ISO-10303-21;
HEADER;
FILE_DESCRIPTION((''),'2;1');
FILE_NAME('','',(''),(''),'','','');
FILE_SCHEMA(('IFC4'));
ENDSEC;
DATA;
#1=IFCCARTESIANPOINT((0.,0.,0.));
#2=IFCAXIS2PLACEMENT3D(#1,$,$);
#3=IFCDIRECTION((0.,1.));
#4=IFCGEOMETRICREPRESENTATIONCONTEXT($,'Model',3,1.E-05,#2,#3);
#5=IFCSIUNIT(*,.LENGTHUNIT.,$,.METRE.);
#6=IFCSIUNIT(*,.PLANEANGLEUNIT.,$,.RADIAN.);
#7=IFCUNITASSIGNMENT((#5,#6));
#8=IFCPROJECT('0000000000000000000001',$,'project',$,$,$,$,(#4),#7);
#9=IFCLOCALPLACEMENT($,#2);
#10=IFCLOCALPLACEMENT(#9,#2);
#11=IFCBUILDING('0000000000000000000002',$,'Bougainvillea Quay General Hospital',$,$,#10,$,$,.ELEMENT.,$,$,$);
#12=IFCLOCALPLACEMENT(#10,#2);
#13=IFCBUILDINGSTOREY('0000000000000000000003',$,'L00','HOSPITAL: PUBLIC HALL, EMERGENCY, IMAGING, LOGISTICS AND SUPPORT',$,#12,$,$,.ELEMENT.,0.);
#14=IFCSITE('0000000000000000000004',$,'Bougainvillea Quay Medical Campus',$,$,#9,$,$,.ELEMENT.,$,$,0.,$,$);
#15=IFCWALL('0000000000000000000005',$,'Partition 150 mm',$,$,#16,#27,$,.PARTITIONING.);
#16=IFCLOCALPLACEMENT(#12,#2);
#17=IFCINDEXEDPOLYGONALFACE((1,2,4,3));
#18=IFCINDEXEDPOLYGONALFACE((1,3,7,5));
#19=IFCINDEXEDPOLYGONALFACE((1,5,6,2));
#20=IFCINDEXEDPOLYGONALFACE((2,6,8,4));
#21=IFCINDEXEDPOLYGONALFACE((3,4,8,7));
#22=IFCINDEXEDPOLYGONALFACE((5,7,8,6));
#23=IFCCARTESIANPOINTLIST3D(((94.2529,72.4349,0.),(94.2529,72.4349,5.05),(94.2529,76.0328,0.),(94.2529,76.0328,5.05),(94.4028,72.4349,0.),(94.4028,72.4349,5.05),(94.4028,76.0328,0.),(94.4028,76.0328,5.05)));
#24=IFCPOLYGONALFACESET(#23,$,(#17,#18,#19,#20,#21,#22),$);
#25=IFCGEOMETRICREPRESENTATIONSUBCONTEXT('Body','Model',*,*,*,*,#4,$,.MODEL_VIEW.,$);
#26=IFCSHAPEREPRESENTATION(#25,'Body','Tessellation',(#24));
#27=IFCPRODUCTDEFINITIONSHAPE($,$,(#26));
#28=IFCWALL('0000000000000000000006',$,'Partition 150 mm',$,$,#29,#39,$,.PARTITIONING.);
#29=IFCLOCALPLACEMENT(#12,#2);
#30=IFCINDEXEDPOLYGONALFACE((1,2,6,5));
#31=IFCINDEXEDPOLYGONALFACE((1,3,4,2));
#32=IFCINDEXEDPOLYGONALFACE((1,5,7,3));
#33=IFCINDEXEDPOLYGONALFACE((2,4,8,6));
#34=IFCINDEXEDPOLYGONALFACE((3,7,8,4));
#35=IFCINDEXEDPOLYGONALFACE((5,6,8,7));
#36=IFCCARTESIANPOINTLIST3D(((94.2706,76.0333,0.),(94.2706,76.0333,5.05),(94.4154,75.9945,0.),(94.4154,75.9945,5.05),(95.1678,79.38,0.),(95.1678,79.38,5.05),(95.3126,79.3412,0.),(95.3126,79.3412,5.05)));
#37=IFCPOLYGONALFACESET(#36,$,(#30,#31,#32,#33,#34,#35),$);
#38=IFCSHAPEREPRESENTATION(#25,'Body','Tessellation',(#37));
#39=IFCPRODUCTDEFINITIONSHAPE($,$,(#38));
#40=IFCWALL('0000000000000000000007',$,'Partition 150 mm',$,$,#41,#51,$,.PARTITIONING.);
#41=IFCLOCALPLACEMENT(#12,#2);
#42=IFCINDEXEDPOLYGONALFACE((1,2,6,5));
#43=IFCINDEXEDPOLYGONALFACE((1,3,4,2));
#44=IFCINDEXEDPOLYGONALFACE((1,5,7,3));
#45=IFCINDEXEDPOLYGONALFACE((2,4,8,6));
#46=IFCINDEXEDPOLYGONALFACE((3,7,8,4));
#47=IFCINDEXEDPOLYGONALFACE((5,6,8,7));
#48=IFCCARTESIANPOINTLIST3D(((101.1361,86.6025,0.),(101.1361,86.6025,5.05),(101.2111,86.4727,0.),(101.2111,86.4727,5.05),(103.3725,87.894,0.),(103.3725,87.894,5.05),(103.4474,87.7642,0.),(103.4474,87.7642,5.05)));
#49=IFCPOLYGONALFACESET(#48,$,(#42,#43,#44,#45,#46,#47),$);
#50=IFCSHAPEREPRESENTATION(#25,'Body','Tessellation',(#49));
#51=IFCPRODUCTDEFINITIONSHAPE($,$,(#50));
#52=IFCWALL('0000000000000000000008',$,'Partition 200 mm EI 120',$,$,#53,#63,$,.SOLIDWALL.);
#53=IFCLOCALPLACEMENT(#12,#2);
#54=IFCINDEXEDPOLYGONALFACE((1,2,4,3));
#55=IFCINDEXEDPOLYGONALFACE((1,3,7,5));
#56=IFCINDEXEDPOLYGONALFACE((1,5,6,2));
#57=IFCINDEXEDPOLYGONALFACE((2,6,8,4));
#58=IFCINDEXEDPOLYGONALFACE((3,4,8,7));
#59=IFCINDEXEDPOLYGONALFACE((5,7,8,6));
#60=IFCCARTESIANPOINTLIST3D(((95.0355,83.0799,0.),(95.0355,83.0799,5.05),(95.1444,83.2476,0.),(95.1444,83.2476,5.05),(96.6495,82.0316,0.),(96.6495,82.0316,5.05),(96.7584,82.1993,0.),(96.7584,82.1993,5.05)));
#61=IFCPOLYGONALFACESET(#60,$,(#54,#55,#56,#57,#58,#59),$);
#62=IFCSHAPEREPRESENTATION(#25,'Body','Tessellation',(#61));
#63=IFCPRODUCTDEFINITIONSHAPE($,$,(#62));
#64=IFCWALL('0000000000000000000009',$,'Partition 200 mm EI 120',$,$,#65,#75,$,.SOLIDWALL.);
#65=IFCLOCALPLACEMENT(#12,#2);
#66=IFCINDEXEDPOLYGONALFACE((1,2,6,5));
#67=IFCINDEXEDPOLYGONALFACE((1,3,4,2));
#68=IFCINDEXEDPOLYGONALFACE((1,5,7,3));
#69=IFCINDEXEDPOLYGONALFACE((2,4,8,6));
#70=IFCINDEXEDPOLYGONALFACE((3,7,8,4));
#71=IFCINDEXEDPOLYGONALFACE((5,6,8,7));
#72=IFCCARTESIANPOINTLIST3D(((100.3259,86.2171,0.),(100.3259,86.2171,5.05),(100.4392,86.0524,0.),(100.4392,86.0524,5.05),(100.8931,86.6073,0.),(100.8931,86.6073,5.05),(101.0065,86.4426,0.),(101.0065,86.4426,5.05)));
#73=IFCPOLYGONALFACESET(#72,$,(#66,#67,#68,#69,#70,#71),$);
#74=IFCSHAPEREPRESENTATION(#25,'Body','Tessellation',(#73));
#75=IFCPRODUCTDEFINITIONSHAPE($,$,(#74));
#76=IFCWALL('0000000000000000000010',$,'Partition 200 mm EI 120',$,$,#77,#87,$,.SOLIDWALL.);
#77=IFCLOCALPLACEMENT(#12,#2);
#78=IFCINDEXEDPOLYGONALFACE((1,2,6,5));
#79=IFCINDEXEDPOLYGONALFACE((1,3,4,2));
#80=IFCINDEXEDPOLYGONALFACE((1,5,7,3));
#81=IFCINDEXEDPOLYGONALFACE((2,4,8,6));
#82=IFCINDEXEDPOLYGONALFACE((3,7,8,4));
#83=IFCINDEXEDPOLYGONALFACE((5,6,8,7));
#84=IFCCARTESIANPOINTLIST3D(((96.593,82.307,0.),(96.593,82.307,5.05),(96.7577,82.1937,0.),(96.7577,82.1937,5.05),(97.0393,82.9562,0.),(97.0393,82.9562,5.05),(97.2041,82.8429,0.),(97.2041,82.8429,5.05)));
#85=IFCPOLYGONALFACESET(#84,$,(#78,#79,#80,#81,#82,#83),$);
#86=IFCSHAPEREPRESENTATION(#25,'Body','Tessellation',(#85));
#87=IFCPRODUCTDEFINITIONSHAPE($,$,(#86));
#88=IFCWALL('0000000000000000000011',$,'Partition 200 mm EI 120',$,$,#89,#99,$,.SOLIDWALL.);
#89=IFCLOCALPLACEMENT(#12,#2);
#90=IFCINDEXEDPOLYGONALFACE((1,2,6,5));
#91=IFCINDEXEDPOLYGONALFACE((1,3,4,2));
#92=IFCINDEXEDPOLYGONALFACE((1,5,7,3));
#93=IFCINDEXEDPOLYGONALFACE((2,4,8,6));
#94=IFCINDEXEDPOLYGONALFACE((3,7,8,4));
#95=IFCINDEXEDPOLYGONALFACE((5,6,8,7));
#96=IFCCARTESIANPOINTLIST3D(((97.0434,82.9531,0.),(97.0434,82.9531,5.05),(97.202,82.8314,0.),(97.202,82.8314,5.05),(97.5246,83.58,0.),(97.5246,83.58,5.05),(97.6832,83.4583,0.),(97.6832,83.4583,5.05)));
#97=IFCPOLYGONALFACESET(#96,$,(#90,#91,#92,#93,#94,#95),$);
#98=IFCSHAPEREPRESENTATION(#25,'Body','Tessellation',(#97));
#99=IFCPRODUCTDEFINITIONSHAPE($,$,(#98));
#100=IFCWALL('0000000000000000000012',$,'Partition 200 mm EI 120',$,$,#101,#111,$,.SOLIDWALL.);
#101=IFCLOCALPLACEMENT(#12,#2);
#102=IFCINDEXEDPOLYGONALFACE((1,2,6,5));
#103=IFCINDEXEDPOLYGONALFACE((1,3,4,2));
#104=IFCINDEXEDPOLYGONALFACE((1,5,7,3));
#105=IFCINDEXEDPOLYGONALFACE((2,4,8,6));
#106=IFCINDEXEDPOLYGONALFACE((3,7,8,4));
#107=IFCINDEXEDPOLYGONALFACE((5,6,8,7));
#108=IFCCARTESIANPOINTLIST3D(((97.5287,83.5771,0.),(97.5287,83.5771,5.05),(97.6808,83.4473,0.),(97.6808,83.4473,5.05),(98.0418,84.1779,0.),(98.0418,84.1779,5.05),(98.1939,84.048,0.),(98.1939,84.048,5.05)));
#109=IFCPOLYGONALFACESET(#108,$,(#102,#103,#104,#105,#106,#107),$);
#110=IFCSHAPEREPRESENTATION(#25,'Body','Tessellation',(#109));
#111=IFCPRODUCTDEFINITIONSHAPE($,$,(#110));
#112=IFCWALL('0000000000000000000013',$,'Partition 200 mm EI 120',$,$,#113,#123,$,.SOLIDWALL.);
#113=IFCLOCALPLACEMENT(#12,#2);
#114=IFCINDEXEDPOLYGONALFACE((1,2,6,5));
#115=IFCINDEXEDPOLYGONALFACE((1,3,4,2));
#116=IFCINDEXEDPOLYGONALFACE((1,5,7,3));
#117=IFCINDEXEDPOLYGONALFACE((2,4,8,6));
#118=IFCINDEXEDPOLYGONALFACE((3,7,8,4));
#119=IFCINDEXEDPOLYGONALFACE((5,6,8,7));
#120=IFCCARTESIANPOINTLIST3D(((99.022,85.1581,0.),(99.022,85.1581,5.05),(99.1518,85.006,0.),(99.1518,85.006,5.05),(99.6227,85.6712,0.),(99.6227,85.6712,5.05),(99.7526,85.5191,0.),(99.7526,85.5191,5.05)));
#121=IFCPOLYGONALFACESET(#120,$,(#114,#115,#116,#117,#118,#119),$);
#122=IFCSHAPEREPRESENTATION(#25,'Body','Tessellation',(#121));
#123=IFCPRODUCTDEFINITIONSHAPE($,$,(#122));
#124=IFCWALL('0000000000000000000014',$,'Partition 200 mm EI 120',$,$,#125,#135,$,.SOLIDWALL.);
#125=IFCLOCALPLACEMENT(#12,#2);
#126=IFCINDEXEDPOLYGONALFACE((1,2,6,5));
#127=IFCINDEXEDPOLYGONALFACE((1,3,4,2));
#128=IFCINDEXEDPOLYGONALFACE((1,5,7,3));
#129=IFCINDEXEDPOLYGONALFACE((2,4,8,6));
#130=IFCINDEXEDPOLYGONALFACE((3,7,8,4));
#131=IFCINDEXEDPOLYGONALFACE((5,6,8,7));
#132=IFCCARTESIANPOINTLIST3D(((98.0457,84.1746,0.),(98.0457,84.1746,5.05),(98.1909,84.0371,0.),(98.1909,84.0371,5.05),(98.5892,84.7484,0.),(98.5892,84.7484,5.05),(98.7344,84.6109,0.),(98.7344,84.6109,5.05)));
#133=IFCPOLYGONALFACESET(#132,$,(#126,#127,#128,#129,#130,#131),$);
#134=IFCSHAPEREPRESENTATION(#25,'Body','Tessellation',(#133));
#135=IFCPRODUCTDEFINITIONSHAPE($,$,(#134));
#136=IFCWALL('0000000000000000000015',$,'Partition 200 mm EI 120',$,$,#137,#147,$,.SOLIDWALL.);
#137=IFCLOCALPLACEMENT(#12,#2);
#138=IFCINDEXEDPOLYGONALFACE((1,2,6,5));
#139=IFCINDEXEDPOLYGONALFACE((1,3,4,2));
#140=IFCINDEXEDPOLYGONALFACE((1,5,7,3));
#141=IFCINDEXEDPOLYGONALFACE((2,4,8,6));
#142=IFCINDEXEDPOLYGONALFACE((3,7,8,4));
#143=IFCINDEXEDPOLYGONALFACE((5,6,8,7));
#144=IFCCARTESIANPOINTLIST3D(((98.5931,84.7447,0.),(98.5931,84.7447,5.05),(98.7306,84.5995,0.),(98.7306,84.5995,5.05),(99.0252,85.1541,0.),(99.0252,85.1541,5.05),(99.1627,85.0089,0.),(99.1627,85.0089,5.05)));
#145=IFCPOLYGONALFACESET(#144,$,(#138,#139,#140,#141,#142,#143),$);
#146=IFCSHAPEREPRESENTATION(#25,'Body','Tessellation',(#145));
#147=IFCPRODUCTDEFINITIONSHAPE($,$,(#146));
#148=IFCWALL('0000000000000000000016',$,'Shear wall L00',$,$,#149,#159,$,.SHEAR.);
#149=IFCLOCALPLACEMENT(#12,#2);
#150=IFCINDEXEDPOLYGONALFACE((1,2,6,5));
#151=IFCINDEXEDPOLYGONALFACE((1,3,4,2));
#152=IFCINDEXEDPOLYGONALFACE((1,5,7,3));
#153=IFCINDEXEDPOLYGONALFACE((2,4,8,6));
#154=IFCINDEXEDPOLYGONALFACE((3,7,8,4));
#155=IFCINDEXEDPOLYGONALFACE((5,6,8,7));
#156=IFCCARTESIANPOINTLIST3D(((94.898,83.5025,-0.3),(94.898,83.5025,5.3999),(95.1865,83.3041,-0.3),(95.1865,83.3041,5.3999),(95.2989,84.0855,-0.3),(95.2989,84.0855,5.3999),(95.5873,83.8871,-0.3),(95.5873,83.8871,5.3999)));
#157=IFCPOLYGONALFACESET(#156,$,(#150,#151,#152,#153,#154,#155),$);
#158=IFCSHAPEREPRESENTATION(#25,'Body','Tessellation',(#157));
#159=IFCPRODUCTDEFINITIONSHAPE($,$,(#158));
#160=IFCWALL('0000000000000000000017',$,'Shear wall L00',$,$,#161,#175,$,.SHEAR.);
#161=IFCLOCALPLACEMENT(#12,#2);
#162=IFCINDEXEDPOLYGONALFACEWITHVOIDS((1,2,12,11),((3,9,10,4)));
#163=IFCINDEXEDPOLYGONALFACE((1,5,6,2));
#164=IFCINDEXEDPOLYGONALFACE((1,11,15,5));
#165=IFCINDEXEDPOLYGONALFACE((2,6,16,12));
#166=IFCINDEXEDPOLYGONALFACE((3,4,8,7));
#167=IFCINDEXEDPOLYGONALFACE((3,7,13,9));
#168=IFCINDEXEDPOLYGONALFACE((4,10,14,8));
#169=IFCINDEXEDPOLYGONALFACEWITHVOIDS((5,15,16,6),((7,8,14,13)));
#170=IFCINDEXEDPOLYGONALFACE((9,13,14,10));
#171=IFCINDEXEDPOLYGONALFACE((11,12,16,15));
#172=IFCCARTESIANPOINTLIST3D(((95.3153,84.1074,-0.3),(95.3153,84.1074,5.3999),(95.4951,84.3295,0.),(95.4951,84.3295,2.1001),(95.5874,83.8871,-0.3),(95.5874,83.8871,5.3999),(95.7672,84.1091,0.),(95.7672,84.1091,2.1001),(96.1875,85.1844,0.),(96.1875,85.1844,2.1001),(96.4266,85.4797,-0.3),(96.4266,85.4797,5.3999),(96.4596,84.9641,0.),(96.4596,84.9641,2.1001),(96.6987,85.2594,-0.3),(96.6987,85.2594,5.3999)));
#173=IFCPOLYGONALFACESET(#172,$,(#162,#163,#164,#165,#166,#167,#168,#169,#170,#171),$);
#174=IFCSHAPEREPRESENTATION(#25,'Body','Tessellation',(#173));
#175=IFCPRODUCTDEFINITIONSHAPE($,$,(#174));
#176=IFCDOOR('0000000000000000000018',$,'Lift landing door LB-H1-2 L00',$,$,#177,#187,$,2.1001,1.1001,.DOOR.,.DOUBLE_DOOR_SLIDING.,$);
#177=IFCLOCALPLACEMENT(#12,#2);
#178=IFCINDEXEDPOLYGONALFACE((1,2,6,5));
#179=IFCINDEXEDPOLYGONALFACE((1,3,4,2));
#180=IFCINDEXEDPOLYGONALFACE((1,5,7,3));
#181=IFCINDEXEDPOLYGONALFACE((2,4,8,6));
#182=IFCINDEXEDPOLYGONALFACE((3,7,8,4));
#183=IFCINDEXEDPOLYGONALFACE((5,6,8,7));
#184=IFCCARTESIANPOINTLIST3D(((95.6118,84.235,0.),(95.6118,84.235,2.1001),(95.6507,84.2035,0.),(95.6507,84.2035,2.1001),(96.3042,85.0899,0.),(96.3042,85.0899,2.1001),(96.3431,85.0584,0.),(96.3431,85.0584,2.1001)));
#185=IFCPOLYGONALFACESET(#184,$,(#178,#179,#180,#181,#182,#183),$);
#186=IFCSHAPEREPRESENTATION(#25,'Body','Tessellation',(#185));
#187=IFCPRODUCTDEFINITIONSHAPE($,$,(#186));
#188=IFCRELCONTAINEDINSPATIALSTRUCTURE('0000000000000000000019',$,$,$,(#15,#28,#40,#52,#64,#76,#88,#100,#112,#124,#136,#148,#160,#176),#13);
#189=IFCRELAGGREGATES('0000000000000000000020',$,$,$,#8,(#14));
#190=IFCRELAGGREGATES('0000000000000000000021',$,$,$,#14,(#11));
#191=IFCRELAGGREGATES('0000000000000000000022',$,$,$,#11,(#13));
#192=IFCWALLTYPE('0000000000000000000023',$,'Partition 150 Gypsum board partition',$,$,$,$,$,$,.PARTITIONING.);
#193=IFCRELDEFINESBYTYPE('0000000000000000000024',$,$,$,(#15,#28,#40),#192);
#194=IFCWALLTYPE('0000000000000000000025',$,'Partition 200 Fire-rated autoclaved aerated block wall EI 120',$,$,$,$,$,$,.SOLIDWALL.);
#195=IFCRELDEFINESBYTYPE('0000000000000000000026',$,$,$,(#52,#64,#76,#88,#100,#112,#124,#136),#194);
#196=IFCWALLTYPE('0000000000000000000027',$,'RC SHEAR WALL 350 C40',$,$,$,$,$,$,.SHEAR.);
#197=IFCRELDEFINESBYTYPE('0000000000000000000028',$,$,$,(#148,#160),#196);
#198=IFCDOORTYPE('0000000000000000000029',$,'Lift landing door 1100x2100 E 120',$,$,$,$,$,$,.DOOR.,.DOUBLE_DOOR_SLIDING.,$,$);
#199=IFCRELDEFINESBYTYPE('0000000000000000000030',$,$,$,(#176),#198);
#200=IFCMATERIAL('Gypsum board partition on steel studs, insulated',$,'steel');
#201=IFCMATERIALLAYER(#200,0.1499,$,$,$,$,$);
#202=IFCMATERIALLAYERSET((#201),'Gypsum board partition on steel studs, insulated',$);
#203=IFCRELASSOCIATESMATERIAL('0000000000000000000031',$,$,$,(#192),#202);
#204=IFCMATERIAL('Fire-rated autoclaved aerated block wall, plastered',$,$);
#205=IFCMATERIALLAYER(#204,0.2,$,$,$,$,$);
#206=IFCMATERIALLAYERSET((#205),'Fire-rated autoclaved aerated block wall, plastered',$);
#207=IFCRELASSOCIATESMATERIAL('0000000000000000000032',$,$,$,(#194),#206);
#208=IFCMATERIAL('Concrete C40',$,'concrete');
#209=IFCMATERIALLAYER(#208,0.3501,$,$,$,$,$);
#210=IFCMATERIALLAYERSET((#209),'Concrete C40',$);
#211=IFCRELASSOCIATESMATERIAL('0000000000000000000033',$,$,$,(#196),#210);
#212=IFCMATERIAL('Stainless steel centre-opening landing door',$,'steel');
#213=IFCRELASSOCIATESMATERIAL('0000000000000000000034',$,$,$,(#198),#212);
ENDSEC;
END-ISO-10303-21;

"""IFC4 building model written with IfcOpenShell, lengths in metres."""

from ifc_helpers import new_model, si_unit, direction, frame, frame_2d, origin, place, context, subcontext, project, spatial, rectangle, extrude, material, layer, layer_set, type_object, element, fill, save


model = new_model("IFC4")

# Units and contexts
model_context = context("Model", 3, precision=1e-05, world=origin(), true_north=direction((0.0, 1.0)))
body_context = subcontext(model_context, "Body", "Model", "MODEL_VIEW")
ifc_project = project(units=[si_unit("LENGTHUNIT", "METRE"), si_unit("PLANEANGLEUNIT", "RADIAN")], contexts=[model_context])

# Site, building, storey
site_placement = place(None, origin())
site = spatial("IfcSite", under=ifc_project, at=site_placement, Name="Bougainvillea Quay Medical Campus", CompositionType="ELEMENT", RefElevation=0.0)
building_placement = place(site_placement, origin())
building = spatial("IfcBuilding", under=site, at=building_placement, Name="Bougainvillea Quay General Hospital", CompositionType="ELEMENT")
storey_placement = place(building_placement, origin())
storey = spatial("IfcBuildingStorey", under=building, at=storey_placement, Name="L00", Description="HOSPITAL: PUBLIC HALL, EMERGENCY, IMAGING, LOGISTICS AND SUPPORT", CompositionType="ELEMENT", Elevation=0.0)

# Shared definitions
ifc_material_1 = material(Name="Concrete C40", Category="concrete")

# Walls
ifc_material_2 = material(Name="Gypsum board partition on steel studs, insulated", Category="steel")
ifc_layer_1 = layer(ifc_material_2, 0.1499)
ifc_layer_set_1 = layer_set([ifc_layer_1], Name="Gypsum board partition on steel studs, insulated")
wall_type_1 = type_object("IfcWallType", Name="Partition 150 Gypsum board partition", PredefinedType="PARTITIONING", material=ifc_layer_set_1)
wall_1_placement = place(storey_placement, frame((94.3279, 72.4351, 0.0), z_axis=(0.0, 0.0, 1.0), x_axis=(0.0, 1.0, 0.0)))
element("IfcWall", 1, at=wall_1_placement, inside=storey, type_object=wall_type_1, Name="Partition 150 mm", PredefinedType="PARTITIONING", context=body_context, shape_type="SweptSolid", body=[
    extrude(rectangle(XDim=3.5979, YDim=0.1499, at=frame_2d((1.7988, 0.0))), origin(), (0.0, 0.0, 1.0), 5.05),
])
wall_2_placement = place(storey_placement, frame((94.343, 76.0139, 0.0), z_axis=(0.0, 0.0, 1.0), x_axis=(0.258947, 0.965891, 0.0)))
element("IfcWall", 2, at=wall_2_placement, inside=storey, type_object=wall_type_1, Name="Partition 150 mm", PredefinedType="PARTITIONING", context=body_context, shape_type="SweptSolid", body=[
    extrude(rectangle(XDim=3.4648, YDim=0.1499, at=frame_2d((1.7324, 0.0))), origin(), (0.0, 0.0, 1.0), 5.05),
])
wall_3_placement = place(storey_placement, frame((101.1736, 86.5376, 0.0), z_axis=(0.0, 0.0, 1.0), x_axis=(0.865965, 0.500104, 0.0)))
element("IfcWall", 3, at=wall_3_placement, inside=storey, type_object=wall_type_1, Name="Partition 150 mm", PredefinedType="PARTITIONING", context=body_context, shape_type="SweptSolid", body=[
    extrude(rectangle(XDim=2.5825, YDim=0.1499, at=frame_2d((1.2913, 0.0))), origin(), (0.0, 0.0, 1.0), 5.05),
])
ifc_material_3 = material(Name="Fire-rated autoclaved aerated block wall, plastered")
ifc_layer_2 = layer(ifc_material_3, 0.2)
ifc_layer_set_2 = layer_set([ifc_layer_2], Name="Fire-rated autoclaved aerated block wall, plastered")
wall_type_2 = type_object("IfcWallType", Name="Partition 200 Fire-rated autoclaved aerated block wall EI 120", PredefinedType="SOLIDWALL", material=ifc_layer_set_2)
wall_4_placement = place(storey_placement, frame((95.0898, 83.1638, 0.0), z_axis=(0.0, 0.0, 1.0), x_axis=(0.838626, -0.544707, 0.0)))
element("IfcWall", 4, at=wall_4_placement, inside=storey, type_object=wall_type_2, Name="Partition 200 mm EI 120", PredefinedType="SOLIDWALL", context=body_context, shape_type="SweptSolid", body=[
    extrude(rectangle(XDim=1.9246, YDim=0.2, at=frame_2d((0.9624, 0.0))), origin(), (0.0, 0.0, 1.0), 5.05),
])
wall_5_placement = place(storey_placement, frame((100.3826, 86.1348, 0.0), z_axis=(0.0, 0.0, 1.0), x_axis=(0.823887, 0.566755, 0.0)))
element("IfcWall", 5, at=wall_5_placement, inside=storey, type_object=wall_type_2, Name="Partition 200 mm EI 120", PredefinedType="SOLIDWALL", context=body_context, shape_type="SweptSolid", body=[
    extrude(rectangle(XDim=0.6885, YDim=0.2, at=frame_2d((0.3442, 0.0))), origin(), (0.0, 0.0, 1.0), 5.05),
])
wall_6_placement = place(storey_placement, frame((96.6753, 82.2502, 0.0), z_axis=(0.0, 0.0, 1.0), x_axis=(0.566516, 0.824051, 0.0)))
element("IfcWall", 6, at=wall_6_placement, inside=storey, type_object=wall_type_2, Name="Partition 200 mm EI 120", PredefinedType="SOLIDWALL", context=body_context, shape_type="SweptSolid", body=[
    extrude(rectangle(XDim=0.7878, YDim=0.2, at=frame_2d((0.394, 0.0))), origin(), (0.0, 0.0, 1.0), 5.05),
])
wall_7_placement = place(storey_placement, frame((97.1228, 82.8923, 0.0), z_axis=(0.0, 0.0, 1.0), x_axis=(0.608859, 0.793278, 0.0)))
element("IfcWall", 7, at=wall_7_placement, inside=storey, type_object=wall_type_2, Name="Partition 200 mm EI 120", PredefinedType="SOLIDWALL", context=body_context, shape_type="SweptSolid", body=[
    extrude(rectangle(XDim=0.7903, YDim=0.2, at=frame_2d((0.395, 0.0))), origin(), (0.0, 0.0, 1.0), 5.05),
])
for number, where, z_axis, x_axis, name in (
    (8, (97.6047, 83.5122, 0.0), (0.0, 0.0, 1.0), (0.649467, 0.76039, 0.0), "Partition 200 mm EI 120"),
    (9, (99.0869, 85.082, 0.0), (0.0, 0.0, 1.0), (0.76039, 0.649467, 0.0), "Partition 200 mm EI 120"),
):
    element("IfcWall", number, at=place(storey_placement, frame(where, z_axis=z_axis, x_axis=x_axis)), inside=storey, type_object=wall_type_2, Name=name, PredefinedType="SOLIDWALL", context=body_context, shape_type="SweptSolid", body=[
        extrude(rectangle(XDim=0.79, YDim=0.2, at=frame_2d((0.395, 0.0))), origin(), (0.0, 0.0, 1.0), 5.05),
    ])
wall_8_placement = place(storey_placement, frame((98.1184, 84.106, 0.0), z_axis=(0.0, 0.0, 1.0), x_axis=(0.687693, 0.726001, 0.0)))
element("IfcWall", 10, at=wall_8_placement, inside=storey, type_object=wall_type_2, Name="Partition 200 mm EI 120", PredefinedType="SOLIDWALL", context=body_context, shape_type="SweptSolid", body=[
    extrude(rectangle(XDim=0.7903, YDim=0.2, at=frame_2d((0.395, 0.0))), origin(), (0.0, 0.0, 1.0), 5.05),
])
wall_9_placement = place(storey_placement, frame((98.6619, 84.6721, 0.0), z_axis=(0.0, 0.0, 1.0), x_axis=(0.72592, 0.687779, 0.0)))
element("IfcWall", 11, at=wall_9_placement, inside=storey, type_object=wall_type_2, Name="Partition 200 mm EI 120", PredefinedType="SOLIDWALL", context=body_context, shape_type="SweptSolid", body=[
    extrude(rectangle(XDim=0.5952, YDim=0.2, at=frame_2d((0.2976, 0.0))), origin(), (0.0, 0.0, 1.0), 5.05),
])
ifc_layer_3 = layer(ifc_material_1, 0.3501)
ifc_layer_set_3 = layer_set([ifc_layer_3], Name="Concrete C40")
wall_type_3 = type_object("IfcWallType", Name="RC SHEAR WALL 350 C40", PredefinedType="SHEAR", material=ifc_layer_set_3)
wall_10_placement = place(storey_placement, frame((95.0422, 83.4033, -0.3), z_axis=(0.0, 0.0, 1.0), x_axis=(0.566587, 0.824002, 0.0)))
element("IfcWall", 12, at=wall_10_placement, inside=storey, type_object=wall_type_3, Name="Shear wall L00", PredefinedType="SHEAR", context=body_context, shape_type="SweptSolid", body=[
    extrude(rectangle(XDim=0.7075, YDim=0.3501, at=frame_2d((0.3538, 0.0))), origin(), (0.0, 0.0, 1.0), 5.7),
])

# Wall, opening, door
wall_11_placement = place(storey_placement, frame((95.4514, 83.9973, -0.3), z_axis=(0.0, 0.0, 1.0), x_axis=(0.629337, 0.777132, 0.0)))
wall_11 = element("IfcWall", 13, at=wall_11_placement, inside=storey, type_object=wall_type_3, Name="Shear wall L00", PredefinedType="SHEAR", context=body_context, shape_type="SweptSolid", body=[
    extrude(rectangle(XDim=1.7659, YDim=0.3501, at=frame_2d((0.8828, 0.0))), origin(), (0.0, 0.0, 1.0), 5.7),
])
opening_1_placement = place(wall_11_placement, frame((0.2856, 0.0, 0.3)))
opening_1 = element("IfcOpeningElement", 14, at=opening_1_placement, cuts=wall_11, PredefinedType="OPENING", context=body_context, shape_type="SweptSolid", body=[
    extrude(rectangle(XDim=1.1001, YDim=2.1001, at=frame_2d((0.55, 1.05))), frame((0.0, 0.1851, 0.0), z_axis=(0.0, -1.0, 0.0), x_axis=(1.0, 0.0, 0.0)), (0.0, 0.0, 1.0), 0.3701),
])
ifc_material_4 = material(Name="Stainless steel centre-opening landing door", Category="steel")
door_type = type_object("IfcDoorType", Name="Lift landing door 1100x2100 E 120", OperationType="DOUBLE_DOOR_SLIDING", PredefinedType="DOOR", material=ifc_material_4)
door_1_placement = place(opening_1_placement, origin())
door_1 = element("IfcDoor", 15, at=door_1_placement, inside=storey, type_object=door_type, Name="Lift landing door LB-H1-2 L00", OperationType="DOUBLE_DOOR_SLIDING", OverallHeight=2.1001, OverallWidth=1.1001, PredefinedType="DOOR", context=body_context, shape_type="SweptSolid", body=[
    extrude(rectangle(XDim=1.1001, YDim=2.1001, at=frame_2d((0.55, 1.05))), frame((0.0, 0.0249, 0.0), z_axis=(0.0, -1.0, 0.0), x_axis=(1.0, 0.0, 0.0)), (0.0, 0.0, 1.0), 0.05),
])
fill(opening_1, door_1)

save(model, "model.ifc")
